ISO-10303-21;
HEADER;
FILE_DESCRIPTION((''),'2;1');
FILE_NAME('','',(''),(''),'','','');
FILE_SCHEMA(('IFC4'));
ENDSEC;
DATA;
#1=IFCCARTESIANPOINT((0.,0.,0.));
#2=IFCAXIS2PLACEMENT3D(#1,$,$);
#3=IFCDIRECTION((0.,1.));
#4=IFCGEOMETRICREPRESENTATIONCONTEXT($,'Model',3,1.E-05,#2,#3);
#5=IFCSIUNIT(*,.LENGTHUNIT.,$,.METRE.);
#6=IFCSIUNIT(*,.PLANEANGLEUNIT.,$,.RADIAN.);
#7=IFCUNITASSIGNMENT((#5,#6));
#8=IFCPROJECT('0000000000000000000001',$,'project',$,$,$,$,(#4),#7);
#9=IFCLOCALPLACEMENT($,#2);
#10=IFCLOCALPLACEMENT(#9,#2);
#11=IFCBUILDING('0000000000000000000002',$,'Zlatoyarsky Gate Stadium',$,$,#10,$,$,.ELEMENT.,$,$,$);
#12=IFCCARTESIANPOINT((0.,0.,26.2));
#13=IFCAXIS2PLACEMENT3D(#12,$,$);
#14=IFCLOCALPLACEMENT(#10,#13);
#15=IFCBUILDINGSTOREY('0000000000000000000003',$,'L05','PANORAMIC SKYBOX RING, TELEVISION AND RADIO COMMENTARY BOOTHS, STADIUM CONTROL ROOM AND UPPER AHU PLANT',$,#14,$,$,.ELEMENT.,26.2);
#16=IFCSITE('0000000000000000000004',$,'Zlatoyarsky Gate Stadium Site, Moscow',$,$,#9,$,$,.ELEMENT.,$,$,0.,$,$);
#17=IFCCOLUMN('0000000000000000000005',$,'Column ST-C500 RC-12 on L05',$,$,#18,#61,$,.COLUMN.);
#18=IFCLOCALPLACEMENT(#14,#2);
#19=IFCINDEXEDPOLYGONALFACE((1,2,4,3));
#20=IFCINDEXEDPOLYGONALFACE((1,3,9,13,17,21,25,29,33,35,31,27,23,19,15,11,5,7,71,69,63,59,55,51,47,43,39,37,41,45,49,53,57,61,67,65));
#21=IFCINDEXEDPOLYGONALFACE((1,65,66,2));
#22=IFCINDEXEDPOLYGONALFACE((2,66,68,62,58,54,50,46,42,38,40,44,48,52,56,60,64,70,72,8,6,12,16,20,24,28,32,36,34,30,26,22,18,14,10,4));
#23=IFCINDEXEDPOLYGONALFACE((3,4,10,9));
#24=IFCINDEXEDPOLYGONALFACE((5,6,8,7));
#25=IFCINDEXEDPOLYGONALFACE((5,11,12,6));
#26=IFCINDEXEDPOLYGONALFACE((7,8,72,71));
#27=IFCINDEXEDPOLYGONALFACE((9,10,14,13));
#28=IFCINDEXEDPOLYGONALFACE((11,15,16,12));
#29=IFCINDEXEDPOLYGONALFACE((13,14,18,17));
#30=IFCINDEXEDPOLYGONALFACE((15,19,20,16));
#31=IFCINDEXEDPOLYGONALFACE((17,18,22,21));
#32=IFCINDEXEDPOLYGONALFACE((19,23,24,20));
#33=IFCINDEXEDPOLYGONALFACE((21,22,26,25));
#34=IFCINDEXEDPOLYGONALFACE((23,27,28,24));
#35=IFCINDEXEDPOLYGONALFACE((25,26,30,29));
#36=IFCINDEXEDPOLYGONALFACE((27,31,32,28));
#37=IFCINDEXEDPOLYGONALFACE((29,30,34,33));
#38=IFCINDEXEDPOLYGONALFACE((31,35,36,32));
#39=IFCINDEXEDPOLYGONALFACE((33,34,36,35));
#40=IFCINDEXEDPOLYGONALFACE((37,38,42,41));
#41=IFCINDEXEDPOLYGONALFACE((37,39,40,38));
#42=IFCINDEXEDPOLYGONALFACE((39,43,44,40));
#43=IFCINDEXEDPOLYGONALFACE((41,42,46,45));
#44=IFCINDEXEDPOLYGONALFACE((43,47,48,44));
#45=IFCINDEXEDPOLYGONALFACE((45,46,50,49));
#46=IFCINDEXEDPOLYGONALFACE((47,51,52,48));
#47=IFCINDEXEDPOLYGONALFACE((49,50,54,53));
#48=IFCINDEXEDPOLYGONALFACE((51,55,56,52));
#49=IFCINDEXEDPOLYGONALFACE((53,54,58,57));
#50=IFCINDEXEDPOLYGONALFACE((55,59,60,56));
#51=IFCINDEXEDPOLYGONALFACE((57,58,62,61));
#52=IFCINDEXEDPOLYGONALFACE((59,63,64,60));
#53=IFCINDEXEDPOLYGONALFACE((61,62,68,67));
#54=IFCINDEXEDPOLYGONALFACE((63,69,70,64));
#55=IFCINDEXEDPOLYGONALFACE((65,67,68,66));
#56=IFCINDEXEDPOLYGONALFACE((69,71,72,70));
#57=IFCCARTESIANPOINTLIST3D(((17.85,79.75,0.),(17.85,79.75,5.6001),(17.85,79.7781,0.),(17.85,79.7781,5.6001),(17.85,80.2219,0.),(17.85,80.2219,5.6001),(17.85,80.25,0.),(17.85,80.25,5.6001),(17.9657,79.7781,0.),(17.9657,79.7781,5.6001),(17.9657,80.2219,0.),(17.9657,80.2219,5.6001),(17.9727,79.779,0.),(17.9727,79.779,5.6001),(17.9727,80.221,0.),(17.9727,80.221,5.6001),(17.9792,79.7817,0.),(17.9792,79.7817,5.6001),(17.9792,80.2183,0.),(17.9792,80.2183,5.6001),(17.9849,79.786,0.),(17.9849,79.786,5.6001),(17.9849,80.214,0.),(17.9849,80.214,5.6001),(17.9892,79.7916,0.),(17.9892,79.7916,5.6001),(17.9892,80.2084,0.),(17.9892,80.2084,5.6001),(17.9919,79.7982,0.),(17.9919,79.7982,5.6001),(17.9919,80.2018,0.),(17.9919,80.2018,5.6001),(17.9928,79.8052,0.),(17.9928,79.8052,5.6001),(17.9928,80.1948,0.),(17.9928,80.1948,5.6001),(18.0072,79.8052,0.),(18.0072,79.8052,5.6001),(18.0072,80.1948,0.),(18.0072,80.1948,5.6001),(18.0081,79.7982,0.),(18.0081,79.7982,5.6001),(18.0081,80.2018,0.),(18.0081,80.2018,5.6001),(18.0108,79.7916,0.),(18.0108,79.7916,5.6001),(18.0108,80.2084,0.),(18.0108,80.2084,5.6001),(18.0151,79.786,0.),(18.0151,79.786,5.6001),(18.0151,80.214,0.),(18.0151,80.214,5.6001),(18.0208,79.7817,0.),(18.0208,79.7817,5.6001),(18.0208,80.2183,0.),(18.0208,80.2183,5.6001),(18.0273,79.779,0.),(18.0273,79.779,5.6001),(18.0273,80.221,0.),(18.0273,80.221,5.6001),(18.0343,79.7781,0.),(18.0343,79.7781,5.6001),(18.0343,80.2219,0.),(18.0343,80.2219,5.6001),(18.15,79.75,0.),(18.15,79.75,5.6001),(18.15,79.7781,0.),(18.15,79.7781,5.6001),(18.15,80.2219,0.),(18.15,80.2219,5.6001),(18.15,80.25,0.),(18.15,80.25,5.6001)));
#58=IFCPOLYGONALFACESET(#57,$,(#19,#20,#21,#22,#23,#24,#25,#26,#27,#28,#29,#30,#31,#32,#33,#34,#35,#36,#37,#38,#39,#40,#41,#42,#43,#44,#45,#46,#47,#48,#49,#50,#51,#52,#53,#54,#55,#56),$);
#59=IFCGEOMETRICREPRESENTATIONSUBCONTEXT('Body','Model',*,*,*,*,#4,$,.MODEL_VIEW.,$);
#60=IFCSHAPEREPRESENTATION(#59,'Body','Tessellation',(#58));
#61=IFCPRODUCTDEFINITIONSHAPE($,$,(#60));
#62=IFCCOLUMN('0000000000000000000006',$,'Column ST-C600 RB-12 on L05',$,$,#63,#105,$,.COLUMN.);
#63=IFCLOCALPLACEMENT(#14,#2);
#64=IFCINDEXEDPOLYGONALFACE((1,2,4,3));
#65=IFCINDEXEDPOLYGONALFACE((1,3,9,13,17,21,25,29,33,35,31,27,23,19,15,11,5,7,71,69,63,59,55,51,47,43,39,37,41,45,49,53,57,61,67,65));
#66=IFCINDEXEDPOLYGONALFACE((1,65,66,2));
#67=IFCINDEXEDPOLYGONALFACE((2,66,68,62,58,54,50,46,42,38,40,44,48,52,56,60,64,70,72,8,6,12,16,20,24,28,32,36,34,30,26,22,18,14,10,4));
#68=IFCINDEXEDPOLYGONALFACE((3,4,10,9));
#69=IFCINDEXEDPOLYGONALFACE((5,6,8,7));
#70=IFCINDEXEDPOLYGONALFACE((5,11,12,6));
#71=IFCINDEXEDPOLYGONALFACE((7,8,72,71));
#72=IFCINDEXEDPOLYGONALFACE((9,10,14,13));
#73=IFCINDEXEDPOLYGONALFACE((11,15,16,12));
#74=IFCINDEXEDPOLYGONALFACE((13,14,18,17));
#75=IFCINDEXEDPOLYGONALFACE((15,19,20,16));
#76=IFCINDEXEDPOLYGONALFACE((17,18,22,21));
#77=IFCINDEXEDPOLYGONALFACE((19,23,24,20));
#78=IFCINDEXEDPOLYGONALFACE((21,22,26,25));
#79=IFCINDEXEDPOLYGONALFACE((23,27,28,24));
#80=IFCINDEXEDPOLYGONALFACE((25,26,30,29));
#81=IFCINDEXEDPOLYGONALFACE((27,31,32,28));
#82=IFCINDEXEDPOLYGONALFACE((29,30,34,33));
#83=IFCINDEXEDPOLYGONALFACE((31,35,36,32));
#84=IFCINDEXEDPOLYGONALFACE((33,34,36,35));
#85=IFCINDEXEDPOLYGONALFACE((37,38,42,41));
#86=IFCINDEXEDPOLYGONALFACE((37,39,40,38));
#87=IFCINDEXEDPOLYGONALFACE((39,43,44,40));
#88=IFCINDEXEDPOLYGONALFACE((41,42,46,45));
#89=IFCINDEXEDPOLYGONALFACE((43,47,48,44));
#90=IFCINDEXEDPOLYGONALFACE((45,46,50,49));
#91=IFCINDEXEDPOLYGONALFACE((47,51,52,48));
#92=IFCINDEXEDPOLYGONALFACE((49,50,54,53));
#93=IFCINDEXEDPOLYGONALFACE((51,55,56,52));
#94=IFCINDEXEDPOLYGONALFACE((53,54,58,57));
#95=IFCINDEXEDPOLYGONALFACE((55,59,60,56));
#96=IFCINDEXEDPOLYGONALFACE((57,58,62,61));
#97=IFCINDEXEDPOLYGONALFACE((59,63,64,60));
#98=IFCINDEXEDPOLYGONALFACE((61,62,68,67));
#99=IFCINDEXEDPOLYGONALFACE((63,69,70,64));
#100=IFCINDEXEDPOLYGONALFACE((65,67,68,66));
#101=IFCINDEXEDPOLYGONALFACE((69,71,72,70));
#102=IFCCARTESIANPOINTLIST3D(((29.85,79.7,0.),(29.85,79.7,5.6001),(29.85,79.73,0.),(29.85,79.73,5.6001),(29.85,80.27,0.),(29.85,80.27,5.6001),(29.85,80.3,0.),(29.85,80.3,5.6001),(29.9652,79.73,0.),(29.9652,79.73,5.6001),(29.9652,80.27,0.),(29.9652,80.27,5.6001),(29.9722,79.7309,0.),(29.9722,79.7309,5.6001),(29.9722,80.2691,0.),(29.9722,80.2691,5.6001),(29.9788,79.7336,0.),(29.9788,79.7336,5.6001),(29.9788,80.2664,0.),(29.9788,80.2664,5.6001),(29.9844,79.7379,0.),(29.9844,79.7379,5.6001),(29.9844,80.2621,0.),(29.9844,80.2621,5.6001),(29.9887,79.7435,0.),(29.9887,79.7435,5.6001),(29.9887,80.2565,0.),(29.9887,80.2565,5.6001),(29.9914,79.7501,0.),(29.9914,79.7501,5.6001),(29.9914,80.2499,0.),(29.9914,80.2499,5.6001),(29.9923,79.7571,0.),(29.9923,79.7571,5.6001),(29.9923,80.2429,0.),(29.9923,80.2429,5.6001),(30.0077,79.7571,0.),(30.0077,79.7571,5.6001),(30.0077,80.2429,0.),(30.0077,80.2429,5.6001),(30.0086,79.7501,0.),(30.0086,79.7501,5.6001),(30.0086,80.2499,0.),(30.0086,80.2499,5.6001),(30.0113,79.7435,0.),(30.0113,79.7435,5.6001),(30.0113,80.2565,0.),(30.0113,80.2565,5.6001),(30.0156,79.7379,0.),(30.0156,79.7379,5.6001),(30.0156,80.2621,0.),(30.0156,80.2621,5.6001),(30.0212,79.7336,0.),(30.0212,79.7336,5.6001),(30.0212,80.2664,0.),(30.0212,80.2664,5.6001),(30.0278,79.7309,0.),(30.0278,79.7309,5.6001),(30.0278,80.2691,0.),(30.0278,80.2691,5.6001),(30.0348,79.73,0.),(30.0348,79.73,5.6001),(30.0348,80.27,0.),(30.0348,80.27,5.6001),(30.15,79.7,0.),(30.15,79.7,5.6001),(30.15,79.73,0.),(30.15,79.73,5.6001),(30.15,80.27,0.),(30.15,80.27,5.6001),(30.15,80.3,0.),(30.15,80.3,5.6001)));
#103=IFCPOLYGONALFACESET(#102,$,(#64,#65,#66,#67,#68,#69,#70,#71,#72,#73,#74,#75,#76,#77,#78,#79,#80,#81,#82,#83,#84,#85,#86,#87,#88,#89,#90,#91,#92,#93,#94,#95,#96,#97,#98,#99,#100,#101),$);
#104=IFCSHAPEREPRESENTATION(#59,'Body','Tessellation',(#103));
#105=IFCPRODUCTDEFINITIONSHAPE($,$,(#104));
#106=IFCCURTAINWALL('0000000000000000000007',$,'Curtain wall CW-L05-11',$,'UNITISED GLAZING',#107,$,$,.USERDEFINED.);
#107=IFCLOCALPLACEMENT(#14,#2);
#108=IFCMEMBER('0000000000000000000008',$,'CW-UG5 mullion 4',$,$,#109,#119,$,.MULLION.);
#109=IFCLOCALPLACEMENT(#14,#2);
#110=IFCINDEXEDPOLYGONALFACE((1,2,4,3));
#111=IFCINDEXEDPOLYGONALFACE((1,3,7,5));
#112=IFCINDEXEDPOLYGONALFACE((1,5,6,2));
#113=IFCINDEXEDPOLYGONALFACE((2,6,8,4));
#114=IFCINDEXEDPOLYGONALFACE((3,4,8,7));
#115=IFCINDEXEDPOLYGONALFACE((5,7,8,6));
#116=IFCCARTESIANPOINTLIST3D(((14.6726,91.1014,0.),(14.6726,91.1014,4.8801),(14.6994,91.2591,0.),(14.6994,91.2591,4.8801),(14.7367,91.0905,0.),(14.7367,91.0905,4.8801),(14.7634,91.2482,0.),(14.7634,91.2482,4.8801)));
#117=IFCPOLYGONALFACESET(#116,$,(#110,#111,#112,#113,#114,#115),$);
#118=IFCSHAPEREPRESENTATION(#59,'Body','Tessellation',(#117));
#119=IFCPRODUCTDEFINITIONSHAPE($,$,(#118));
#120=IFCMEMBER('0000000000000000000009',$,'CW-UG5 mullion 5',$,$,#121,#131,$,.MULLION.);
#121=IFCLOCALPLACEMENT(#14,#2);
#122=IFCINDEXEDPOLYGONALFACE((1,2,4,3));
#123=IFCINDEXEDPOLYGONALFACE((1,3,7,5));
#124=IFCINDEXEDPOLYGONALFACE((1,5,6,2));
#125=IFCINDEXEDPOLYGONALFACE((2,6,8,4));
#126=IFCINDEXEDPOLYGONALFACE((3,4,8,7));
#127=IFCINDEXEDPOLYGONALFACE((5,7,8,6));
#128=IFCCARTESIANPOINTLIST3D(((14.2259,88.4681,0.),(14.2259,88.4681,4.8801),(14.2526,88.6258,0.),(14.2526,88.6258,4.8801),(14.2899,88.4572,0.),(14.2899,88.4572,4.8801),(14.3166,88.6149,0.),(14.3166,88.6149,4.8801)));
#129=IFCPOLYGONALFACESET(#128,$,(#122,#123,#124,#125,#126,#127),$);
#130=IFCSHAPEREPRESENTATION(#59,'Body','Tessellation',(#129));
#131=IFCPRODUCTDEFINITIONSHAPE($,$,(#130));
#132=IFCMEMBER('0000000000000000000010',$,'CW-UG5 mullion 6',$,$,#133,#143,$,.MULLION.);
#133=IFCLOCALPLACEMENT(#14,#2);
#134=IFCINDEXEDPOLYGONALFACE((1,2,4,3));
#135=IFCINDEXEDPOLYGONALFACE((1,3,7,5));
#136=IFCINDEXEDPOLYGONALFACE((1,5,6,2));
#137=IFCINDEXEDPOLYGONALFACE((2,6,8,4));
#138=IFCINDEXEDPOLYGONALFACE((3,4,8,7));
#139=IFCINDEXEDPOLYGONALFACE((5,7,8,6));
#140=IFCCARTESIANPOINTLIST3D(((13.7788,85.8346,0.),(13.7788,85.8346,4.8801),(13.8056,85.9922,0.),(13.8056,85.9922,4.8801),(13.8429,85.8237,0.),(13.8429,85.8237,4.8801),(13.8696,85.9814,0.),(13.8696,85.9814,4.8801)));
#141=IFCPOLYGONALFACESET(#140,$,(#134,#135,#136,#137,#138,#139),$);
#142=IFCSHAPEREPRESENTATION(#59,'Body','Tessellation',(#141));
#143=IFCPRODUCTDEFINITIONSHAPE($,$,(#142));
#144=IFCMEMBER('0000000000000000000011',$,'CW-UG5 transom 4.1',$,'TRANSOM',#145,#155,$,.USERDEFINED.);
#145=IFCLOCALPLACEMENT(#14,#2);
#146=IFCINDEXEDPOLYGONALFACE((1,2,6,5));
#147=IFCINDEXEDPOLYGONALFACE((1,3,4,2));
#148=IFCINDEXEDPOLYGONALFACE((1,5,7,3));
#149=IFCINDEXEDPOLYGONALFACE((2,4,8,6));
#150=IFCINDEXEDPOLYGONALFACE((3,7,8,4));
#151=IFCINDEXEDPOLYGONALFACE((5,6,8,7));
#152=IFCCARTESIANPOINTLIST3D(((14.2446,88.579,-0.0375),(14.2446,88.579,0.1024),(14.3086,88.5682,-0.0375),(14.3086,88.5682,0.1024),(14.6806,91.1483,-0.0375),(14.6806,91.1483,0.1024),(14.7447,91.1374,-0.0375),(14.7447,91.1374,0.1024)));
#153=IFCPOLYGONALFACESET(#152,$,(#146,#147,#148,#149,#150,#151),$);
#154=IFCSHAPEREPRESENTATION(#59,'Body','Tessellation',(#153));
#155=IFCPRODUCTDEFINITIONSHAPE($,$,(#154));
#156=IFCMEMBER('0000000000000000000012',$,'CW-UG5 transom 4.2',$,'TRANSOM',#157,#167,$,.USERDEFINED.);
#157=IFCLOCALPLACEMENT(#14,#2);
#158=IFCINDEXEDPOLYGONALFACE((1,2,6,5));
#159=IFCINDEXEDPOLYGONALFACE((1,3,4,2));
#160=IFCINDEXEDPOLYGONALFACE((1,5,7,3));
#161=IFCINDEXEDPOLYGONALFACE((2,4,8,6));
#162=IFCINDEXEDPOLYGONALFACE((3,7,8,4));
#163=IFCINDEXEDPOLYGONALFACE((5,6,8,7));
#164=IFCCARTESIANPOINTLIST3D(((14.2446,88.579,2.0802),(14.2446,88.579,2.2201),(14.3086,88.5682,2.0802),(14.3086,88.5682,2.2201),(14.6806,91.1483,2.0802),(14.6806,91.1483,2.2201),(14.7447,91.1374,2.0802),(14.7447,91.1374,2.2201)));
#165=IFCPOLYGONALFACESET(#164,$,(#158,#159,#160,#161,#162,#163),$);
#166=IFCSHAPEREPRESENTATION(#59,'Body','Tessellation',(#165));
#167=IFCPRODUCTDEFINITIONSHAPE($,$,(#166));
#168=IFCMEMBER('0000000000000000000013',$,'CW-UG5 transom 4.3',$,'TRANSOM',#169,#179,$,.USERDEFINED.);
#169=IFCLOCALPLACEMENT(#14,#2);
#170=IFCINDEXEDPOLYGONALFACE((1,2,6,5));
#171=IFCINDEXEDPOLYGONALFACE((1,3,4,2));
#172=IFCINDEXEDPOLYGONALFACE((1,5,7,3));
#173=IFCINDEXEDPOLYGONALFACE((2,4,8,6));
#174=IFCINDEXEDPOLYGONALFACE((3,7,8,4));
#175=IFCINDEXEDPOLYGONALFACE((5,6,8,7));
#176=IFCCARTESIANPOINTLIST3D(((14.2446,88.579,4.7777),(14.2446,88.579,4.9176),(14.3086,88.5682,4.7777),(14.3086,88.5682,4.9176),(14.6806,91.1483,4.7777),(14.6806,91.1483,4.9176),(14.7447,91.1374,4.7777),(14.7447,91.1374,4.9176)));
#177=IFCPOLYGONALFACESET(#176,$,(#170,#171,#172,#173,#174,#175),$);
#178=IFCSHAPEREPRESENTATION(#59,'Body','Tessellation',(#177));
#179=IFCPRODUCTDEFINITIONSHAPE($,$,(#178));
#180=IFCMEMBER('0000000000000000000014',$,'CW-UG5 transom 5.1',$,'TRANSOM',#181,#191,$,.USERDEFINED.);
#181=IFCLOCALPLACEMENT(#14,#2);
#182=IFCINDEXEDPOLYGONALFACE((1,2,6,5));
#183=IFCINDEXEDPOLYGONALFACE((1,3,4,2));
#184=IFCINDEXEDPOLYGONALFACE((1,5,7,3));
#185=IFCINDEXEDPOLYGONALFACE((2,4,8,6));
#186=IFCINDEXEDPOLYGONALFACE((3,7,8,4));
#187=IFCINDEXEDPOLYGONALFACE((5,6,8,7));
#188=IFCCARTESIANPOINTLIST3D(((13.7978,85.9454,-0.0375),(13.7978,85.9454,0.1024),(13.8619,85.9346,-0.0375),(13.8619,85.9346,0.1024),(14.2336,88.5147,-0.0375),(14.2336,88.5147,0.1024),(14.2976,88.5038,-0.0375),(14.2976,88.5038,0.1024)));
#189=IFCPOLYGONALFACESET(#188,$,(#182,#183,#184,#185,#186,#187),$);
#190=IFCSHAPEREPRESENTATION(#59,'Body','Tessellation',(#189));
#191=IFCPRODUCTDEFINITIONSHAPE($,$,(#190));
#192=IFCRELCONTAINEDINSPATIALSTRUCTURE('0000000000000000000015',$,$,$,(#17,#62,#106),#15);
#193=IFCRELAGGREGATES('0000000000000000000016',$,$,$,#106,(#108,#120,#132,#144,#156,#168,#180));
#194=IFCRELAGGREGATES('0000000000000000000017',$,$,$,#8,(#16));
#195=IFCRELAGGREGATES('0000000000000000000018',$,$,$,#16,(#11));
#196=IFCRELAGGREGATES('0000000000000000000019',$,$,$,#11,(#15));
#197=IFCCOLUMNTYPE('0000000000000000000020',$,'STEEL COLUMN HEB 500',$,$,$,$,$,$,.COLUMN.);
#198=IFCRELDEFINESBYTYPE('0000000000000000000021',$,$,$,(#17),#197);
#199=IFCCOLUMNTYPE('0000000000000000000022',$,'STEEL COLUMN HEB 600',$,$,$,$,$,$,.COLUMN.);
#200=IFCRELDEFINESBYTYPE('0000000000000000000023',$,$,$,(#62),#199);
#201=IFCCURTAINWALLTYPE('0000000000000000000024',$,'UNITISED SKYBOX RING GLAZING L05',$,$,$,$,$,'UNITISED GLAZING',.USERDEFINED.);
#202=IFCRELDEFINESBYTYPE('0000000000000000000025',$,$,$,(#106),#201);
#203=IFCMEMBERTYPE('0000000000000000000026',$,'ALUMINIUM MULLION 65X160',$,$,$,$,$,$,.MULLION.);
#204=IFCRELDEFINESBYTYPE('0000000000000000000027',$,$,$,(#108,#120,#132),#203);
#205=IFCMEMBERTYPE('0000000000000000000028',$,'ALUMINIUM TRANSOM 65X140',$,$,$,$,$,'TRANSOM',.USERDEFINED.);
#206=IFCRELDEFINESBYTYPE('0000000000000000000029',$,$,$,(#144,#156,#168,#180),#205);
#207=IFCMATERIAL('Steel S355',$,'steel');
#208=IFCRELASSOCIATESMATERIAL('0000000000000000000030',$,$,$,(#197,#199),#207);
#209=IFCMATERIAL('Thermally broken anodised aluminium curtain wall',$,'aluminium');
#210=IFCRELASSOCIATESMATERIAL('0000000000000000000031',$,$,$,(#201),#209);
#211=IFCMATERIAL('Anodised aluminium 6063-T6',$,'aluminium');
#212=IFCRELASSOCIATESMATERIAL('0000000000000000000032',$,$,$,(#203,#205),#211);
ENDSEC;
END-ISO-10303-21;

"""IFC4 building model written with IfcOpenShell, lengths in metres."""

from ifc_helpers import new_model, si_unit, direction, frame, origin, origin_2d, place, context, subcontext, project, spatial, rectangle, i_section, extrude, material, material_profile, profile_set, type_object, element, aggregate, save


model = new_model("IFC4")

# Units and contexts
model_context = context("Model", 3, precision=1e-05, world=origin(), true_north=direction((0.0, 1.0)))
body_context = subcontext(model_context, "Body", "Model", "MODEL_VIEW")
ifc_project = project(units=[si_unit("LENGTHUNIT", "METRE"), si_unit("PLANEANGLEUNIT", "RADIAN")], contexts=[model_context])

# Site, building, storey
site_placement = place(None, origin())
site = spatial("IfcSite", under=ifc_project, at=site_placement, Name="Zlatoyarsky Gate Stadium Site, Moscow", CompositionType="ELEMENT", RefElevation=0.0)
building_placement = place(site_placement, origin())
building = spatial("IfcBuilding", under=site, at=building_placement, Name="Zlatoyarsky Gate Stadium", CompositionType="ELEMENT")
storey_placement = place(building_placement, frame((0.0, 0.0, 26.2)))
storey = spatial("IfcBuildingStorey", under=building, at=storey_placement, Name="L05", Description="PANORAMIC SKYBOX RING, TELEVISION AND RADIO COMMENTARY BOOTHS, STADIUM CONTROL ROOM AND UPPER AHU PLANT", CompositionType="ELEMENT", Elevation=26.2)

# Columns
ifc_material_1 = material(Name="Steel S355", Category="steel")
ifc_material_profile_1 = material_profile(ifc_material_1, i_section(OverallWidth=0.3, OverallDepth=0.5, WebThickness=0.0144, FlangeThickness=0.0281, FilletRadius=0.0271, at=origin_2d()), Name="HEB 500")
ifc_profile_set_1 = profile_set([ifc_material_profile_1], Name="Steel S355")
column_type_1 = type_object("IfcColumnType", Name="STEEL COLUMN HEB 500", PredefinedType="COLUMN", material=ifc_profile_set_1)
column_1_placement = place(storey_placement, frame((18.0, 80.0, 0.0), z_axis=(0.0, 0.0, 1.0), x_axis=(-1.0, 0.0, 0.0)))
element("IfcColumn", 1, at=column_1_placement, inside=storey, type_object=column_type_1, Name="Column ST-C500 RC-12 on L05", PredefinedType="COLUMN", context=body_context, shape_type="SweptSolid", body=[
    extrude(i_section(OverallWidth=0.3, OverallDepth=0.5, WebThickness=0.0144, FlangeThickness=0.0281, FilletRadius=0.0271, at=origin_2d()), origin(), (0.0, 0.0, 1.0), 5.6001),
])
ifc_material_profile_2 = material_profile(ifc_material_1, i_section(OverallWidth=0.3, OverallDepth=0.6001, WebThickness=0.0154, FlangeThickness=0.03, FilletRadius=0.0271, at=origin_2d()), Name="HEB 600")
ifc_profile_set_2 = profile_set([ifc_material_profile_2], Name="Steel S355")
column_type_2 = type_object("IfcColumnType", Name="STEEL COLUMN HEB 600", PredefinedType="COLUMN", material=ifc_profile_set_2)
column_2_placement = place(storey_placement, frame((30.0, 80.0, 0.0), z_axis=(0.0, 0.0, 1.0), x_axis=(-1.0, 0.0, 0.0)))
element("IfcColumn", 2, at=column_2_placement, inside=storey, type_object=column_type_2, Name="Column ST-C600 RB-12 on L05", PredefinedType="COLUMN", context=body_context, shape_type="SweptSolid", body=[
    extrude(i_section(OverallWidth=0.3, OverallDepth=0.6001, WebThickness=0.0154, FlangeThickness=0.03, FilletRadius=0.0271, at=origin_2d()), origin(), (0.0, 0.0, 1.0), 5.6001),
])

# Curtain wall, members
ifc_material_2 = material(Name="Thermally broken anodised aluminium curtain wall", Category="aluminium")
curtain_wall_type = type_object("IfcCurtainWallType", Name="UNITISED SKYBOX RING GLAZING L05", ElementType="UNITISED GLAZING", PredefinedType="USERDEFINED", material=ifc_material_2)
curtain_wall_placement = place(storey_placement, origin())
curtain_wall = element("IfcCurtainWall", 3, at=curtain_wall_placement, inside=storey, type_object=curtain_wall_type, Name="Curtain wall CW-L05-11", ObjectType="UNITISED GLAZING", PredefinedType="USERDEFINED")
ifc_material_3 = material(Name="Anodised aluminium 6063-T6", Category="aluminium")
ifc_material_profile_3 = material_profile(ifc_material_3, rectangle(XDim=0.0649, YDim=0.1599, at=origin_2d()), Name="ALU 65X160")
ifc_profile_set_3 = profile_set([ifc_material_profile_3], Name="Anodised aluminium 6063-T6")
member_type_1 = type_object("IfcMemberType", Name="ALUMINIUM MULLION 65X160", PredefinedType="MULLION", material=ifc_profile_set_3)
member_1_placement = place(storey_placement, frame((14.718, 91.1748, 0.0), z_axis=(0.0, 0.0, 1.0), x_axis=(0.985909, -0.167284, 0.0)))
member_1 = element("IfcMember", 4, at=member_1_placement, type_object=member_type_1, Name="CW-UG5 mullion 4", PredefinedType="MULLION", context=body_context, shape_type="SweptSolid", body=[
    extrude(rectangle(XDim=0.0649, YDim=0.1599, at=origin_2d()), origin(), (0.0, 0.0, 1.0), 4.8801),
])
member_2_placement = place(storey_placement, frame((14.2712, 88.5415, 0.0), z_axis=(0.0, 0.0, 1.0), x_axis=(0.985909, -0.167284, 0.0)))
member_2 = element("IfcMember", 5, at=member_2_placement, type_object=member_type_1, Name="CW-UG5 mullion 5", PredefinedType="MULLION", context=body_context, shape_type="SweptSolid", body=[
    extrude(rectangle(XDim=0.0649, YDim=0.1599, at=origin_2d()), origin(), (0.0, 0.0, 1.0), 4.8801),
])
member_3_placement = place(storey_placement, frame((13.8242, 85.908, 0.0), z_axis=(0.0, 0.0, 1.0), x_axis=(0.985909, -0.167284, 0.0)))
member_3 = element("IfcMember", 6, at=member_3_placement, type_object=member_type_1, Name="CW-UG5 mullion 6", PredefinedType="MULLION", context=body_context, shape_type="SweptSolid", body=[
    extrude(rectangle(XDim=0.0649, YDim=0.1599, at=origin_2d()), origin(), (0.0, 0.0, 1.0), 4.8801),
])
ifc_material_profile_4 = material_profile(ifc_material_3, rectangle(XDim=0.0649, YDim=0.1399, at=origin_2d()), Name="ALU 65X140")
ifc_profile_set_4 = profile_set([ifc_material_profile_4], Name="Anodised aluminium 6063-T6")
member_type_2 = type_object("IfcMemberType", Name="ALUMINIUM TRANSOM 65X140", ElementType="TRANSOM", PredefinedType="USERDEFINED", material=ifc_profile_set_4)
member_4_placement = place(storey_placement, frame((14.7126, 91.1428, 0.0325), z_axis=(-0.167315, -0.985903, 0.0), x_axis=(0.985903, -0.167315, 0.0)))
member_4 = element("IfcMember", 7, at=member_4_placement, type_object=member_type_2, Name="CW-UG5 transom 4.1", ObjectType="TRANSOM", PredefinedType="USERDEFINED", context=body_context, shape_type="SweptSolid", body=[
    extrude(rectangle(XDim=0.0649, YDim=0.1399, at=origin_2d()), origin(), (0.0, 0.0, 1.0), 2.606),
])
member_5_placement = place(storey_placement, frame((14.7126, 91.1428, 2.1501), z_axis=(-0.167315, -0.985903, 0.0), x_axis=(0.985903, -0.167315, 0.0)))
member_5 = element("IfcMember", 8, at=member_5_placement, type_object=member_type_2, Name="CW-UG5 transom 4.2", ObjectType="TRANSOM", PredefinedType="USERDEFINED", context=body_context, shape_type="SweptSolid", body=[
    extrude(rectangle(XDim=0.0649, YDim=0.1399, at=origin_2d()), origin(), (0.0, 0.0, 1.0), 2.606),
])
member_6_placement = place(storey_placement, frame((14.7126, 91.1428, 4.8477), z_axis=(-0.167315, -0.985903, 0.0), x_axis=(0.985903, -0.167315, 0.0)))
member_6 = element("IfcMember", 9, at=member_6_placement, type_object=member_type_2, Name="CW-UG5 transom 4.3", ObjectType="TRANSOM", PredefinedType="USERDEFINED", context=body_context, shape_type="SweptSolid", body=[
    extrude(rectangle(XDim=0.0649, YDim=0.1399, at=origin_2d()), origin(), (0.0, 0.0, 1.0), 2.606),
])
member_7_placement = place(storey_placement, frame((14.2656, 88.5093, 0.0325), z_axis=(-0.167224, -0.985919, 0.0), x_axis=(0.985919, -0.167224, 0.0)))
member_7 = element("IfcMember", 10, at=member_7_placement, type_object=member_type_2, Name="CW-UG5 transom 5.1", ObjectType="TRANSOM", PredefinedType="USERDEFINED", context=body_context, shape_type="SweptSolid", body=[
    extrude(rectangle(XDim=0.0649, YDim=0.1399, at=origin_2d()), origin(), (0.0, 0.0, 1.0), 2.606),
])

aggregate(curtain_wall, [member_1, member_2, member_3, member_4, member_5, member_6, member_7])

save(model, "model.ifc")
